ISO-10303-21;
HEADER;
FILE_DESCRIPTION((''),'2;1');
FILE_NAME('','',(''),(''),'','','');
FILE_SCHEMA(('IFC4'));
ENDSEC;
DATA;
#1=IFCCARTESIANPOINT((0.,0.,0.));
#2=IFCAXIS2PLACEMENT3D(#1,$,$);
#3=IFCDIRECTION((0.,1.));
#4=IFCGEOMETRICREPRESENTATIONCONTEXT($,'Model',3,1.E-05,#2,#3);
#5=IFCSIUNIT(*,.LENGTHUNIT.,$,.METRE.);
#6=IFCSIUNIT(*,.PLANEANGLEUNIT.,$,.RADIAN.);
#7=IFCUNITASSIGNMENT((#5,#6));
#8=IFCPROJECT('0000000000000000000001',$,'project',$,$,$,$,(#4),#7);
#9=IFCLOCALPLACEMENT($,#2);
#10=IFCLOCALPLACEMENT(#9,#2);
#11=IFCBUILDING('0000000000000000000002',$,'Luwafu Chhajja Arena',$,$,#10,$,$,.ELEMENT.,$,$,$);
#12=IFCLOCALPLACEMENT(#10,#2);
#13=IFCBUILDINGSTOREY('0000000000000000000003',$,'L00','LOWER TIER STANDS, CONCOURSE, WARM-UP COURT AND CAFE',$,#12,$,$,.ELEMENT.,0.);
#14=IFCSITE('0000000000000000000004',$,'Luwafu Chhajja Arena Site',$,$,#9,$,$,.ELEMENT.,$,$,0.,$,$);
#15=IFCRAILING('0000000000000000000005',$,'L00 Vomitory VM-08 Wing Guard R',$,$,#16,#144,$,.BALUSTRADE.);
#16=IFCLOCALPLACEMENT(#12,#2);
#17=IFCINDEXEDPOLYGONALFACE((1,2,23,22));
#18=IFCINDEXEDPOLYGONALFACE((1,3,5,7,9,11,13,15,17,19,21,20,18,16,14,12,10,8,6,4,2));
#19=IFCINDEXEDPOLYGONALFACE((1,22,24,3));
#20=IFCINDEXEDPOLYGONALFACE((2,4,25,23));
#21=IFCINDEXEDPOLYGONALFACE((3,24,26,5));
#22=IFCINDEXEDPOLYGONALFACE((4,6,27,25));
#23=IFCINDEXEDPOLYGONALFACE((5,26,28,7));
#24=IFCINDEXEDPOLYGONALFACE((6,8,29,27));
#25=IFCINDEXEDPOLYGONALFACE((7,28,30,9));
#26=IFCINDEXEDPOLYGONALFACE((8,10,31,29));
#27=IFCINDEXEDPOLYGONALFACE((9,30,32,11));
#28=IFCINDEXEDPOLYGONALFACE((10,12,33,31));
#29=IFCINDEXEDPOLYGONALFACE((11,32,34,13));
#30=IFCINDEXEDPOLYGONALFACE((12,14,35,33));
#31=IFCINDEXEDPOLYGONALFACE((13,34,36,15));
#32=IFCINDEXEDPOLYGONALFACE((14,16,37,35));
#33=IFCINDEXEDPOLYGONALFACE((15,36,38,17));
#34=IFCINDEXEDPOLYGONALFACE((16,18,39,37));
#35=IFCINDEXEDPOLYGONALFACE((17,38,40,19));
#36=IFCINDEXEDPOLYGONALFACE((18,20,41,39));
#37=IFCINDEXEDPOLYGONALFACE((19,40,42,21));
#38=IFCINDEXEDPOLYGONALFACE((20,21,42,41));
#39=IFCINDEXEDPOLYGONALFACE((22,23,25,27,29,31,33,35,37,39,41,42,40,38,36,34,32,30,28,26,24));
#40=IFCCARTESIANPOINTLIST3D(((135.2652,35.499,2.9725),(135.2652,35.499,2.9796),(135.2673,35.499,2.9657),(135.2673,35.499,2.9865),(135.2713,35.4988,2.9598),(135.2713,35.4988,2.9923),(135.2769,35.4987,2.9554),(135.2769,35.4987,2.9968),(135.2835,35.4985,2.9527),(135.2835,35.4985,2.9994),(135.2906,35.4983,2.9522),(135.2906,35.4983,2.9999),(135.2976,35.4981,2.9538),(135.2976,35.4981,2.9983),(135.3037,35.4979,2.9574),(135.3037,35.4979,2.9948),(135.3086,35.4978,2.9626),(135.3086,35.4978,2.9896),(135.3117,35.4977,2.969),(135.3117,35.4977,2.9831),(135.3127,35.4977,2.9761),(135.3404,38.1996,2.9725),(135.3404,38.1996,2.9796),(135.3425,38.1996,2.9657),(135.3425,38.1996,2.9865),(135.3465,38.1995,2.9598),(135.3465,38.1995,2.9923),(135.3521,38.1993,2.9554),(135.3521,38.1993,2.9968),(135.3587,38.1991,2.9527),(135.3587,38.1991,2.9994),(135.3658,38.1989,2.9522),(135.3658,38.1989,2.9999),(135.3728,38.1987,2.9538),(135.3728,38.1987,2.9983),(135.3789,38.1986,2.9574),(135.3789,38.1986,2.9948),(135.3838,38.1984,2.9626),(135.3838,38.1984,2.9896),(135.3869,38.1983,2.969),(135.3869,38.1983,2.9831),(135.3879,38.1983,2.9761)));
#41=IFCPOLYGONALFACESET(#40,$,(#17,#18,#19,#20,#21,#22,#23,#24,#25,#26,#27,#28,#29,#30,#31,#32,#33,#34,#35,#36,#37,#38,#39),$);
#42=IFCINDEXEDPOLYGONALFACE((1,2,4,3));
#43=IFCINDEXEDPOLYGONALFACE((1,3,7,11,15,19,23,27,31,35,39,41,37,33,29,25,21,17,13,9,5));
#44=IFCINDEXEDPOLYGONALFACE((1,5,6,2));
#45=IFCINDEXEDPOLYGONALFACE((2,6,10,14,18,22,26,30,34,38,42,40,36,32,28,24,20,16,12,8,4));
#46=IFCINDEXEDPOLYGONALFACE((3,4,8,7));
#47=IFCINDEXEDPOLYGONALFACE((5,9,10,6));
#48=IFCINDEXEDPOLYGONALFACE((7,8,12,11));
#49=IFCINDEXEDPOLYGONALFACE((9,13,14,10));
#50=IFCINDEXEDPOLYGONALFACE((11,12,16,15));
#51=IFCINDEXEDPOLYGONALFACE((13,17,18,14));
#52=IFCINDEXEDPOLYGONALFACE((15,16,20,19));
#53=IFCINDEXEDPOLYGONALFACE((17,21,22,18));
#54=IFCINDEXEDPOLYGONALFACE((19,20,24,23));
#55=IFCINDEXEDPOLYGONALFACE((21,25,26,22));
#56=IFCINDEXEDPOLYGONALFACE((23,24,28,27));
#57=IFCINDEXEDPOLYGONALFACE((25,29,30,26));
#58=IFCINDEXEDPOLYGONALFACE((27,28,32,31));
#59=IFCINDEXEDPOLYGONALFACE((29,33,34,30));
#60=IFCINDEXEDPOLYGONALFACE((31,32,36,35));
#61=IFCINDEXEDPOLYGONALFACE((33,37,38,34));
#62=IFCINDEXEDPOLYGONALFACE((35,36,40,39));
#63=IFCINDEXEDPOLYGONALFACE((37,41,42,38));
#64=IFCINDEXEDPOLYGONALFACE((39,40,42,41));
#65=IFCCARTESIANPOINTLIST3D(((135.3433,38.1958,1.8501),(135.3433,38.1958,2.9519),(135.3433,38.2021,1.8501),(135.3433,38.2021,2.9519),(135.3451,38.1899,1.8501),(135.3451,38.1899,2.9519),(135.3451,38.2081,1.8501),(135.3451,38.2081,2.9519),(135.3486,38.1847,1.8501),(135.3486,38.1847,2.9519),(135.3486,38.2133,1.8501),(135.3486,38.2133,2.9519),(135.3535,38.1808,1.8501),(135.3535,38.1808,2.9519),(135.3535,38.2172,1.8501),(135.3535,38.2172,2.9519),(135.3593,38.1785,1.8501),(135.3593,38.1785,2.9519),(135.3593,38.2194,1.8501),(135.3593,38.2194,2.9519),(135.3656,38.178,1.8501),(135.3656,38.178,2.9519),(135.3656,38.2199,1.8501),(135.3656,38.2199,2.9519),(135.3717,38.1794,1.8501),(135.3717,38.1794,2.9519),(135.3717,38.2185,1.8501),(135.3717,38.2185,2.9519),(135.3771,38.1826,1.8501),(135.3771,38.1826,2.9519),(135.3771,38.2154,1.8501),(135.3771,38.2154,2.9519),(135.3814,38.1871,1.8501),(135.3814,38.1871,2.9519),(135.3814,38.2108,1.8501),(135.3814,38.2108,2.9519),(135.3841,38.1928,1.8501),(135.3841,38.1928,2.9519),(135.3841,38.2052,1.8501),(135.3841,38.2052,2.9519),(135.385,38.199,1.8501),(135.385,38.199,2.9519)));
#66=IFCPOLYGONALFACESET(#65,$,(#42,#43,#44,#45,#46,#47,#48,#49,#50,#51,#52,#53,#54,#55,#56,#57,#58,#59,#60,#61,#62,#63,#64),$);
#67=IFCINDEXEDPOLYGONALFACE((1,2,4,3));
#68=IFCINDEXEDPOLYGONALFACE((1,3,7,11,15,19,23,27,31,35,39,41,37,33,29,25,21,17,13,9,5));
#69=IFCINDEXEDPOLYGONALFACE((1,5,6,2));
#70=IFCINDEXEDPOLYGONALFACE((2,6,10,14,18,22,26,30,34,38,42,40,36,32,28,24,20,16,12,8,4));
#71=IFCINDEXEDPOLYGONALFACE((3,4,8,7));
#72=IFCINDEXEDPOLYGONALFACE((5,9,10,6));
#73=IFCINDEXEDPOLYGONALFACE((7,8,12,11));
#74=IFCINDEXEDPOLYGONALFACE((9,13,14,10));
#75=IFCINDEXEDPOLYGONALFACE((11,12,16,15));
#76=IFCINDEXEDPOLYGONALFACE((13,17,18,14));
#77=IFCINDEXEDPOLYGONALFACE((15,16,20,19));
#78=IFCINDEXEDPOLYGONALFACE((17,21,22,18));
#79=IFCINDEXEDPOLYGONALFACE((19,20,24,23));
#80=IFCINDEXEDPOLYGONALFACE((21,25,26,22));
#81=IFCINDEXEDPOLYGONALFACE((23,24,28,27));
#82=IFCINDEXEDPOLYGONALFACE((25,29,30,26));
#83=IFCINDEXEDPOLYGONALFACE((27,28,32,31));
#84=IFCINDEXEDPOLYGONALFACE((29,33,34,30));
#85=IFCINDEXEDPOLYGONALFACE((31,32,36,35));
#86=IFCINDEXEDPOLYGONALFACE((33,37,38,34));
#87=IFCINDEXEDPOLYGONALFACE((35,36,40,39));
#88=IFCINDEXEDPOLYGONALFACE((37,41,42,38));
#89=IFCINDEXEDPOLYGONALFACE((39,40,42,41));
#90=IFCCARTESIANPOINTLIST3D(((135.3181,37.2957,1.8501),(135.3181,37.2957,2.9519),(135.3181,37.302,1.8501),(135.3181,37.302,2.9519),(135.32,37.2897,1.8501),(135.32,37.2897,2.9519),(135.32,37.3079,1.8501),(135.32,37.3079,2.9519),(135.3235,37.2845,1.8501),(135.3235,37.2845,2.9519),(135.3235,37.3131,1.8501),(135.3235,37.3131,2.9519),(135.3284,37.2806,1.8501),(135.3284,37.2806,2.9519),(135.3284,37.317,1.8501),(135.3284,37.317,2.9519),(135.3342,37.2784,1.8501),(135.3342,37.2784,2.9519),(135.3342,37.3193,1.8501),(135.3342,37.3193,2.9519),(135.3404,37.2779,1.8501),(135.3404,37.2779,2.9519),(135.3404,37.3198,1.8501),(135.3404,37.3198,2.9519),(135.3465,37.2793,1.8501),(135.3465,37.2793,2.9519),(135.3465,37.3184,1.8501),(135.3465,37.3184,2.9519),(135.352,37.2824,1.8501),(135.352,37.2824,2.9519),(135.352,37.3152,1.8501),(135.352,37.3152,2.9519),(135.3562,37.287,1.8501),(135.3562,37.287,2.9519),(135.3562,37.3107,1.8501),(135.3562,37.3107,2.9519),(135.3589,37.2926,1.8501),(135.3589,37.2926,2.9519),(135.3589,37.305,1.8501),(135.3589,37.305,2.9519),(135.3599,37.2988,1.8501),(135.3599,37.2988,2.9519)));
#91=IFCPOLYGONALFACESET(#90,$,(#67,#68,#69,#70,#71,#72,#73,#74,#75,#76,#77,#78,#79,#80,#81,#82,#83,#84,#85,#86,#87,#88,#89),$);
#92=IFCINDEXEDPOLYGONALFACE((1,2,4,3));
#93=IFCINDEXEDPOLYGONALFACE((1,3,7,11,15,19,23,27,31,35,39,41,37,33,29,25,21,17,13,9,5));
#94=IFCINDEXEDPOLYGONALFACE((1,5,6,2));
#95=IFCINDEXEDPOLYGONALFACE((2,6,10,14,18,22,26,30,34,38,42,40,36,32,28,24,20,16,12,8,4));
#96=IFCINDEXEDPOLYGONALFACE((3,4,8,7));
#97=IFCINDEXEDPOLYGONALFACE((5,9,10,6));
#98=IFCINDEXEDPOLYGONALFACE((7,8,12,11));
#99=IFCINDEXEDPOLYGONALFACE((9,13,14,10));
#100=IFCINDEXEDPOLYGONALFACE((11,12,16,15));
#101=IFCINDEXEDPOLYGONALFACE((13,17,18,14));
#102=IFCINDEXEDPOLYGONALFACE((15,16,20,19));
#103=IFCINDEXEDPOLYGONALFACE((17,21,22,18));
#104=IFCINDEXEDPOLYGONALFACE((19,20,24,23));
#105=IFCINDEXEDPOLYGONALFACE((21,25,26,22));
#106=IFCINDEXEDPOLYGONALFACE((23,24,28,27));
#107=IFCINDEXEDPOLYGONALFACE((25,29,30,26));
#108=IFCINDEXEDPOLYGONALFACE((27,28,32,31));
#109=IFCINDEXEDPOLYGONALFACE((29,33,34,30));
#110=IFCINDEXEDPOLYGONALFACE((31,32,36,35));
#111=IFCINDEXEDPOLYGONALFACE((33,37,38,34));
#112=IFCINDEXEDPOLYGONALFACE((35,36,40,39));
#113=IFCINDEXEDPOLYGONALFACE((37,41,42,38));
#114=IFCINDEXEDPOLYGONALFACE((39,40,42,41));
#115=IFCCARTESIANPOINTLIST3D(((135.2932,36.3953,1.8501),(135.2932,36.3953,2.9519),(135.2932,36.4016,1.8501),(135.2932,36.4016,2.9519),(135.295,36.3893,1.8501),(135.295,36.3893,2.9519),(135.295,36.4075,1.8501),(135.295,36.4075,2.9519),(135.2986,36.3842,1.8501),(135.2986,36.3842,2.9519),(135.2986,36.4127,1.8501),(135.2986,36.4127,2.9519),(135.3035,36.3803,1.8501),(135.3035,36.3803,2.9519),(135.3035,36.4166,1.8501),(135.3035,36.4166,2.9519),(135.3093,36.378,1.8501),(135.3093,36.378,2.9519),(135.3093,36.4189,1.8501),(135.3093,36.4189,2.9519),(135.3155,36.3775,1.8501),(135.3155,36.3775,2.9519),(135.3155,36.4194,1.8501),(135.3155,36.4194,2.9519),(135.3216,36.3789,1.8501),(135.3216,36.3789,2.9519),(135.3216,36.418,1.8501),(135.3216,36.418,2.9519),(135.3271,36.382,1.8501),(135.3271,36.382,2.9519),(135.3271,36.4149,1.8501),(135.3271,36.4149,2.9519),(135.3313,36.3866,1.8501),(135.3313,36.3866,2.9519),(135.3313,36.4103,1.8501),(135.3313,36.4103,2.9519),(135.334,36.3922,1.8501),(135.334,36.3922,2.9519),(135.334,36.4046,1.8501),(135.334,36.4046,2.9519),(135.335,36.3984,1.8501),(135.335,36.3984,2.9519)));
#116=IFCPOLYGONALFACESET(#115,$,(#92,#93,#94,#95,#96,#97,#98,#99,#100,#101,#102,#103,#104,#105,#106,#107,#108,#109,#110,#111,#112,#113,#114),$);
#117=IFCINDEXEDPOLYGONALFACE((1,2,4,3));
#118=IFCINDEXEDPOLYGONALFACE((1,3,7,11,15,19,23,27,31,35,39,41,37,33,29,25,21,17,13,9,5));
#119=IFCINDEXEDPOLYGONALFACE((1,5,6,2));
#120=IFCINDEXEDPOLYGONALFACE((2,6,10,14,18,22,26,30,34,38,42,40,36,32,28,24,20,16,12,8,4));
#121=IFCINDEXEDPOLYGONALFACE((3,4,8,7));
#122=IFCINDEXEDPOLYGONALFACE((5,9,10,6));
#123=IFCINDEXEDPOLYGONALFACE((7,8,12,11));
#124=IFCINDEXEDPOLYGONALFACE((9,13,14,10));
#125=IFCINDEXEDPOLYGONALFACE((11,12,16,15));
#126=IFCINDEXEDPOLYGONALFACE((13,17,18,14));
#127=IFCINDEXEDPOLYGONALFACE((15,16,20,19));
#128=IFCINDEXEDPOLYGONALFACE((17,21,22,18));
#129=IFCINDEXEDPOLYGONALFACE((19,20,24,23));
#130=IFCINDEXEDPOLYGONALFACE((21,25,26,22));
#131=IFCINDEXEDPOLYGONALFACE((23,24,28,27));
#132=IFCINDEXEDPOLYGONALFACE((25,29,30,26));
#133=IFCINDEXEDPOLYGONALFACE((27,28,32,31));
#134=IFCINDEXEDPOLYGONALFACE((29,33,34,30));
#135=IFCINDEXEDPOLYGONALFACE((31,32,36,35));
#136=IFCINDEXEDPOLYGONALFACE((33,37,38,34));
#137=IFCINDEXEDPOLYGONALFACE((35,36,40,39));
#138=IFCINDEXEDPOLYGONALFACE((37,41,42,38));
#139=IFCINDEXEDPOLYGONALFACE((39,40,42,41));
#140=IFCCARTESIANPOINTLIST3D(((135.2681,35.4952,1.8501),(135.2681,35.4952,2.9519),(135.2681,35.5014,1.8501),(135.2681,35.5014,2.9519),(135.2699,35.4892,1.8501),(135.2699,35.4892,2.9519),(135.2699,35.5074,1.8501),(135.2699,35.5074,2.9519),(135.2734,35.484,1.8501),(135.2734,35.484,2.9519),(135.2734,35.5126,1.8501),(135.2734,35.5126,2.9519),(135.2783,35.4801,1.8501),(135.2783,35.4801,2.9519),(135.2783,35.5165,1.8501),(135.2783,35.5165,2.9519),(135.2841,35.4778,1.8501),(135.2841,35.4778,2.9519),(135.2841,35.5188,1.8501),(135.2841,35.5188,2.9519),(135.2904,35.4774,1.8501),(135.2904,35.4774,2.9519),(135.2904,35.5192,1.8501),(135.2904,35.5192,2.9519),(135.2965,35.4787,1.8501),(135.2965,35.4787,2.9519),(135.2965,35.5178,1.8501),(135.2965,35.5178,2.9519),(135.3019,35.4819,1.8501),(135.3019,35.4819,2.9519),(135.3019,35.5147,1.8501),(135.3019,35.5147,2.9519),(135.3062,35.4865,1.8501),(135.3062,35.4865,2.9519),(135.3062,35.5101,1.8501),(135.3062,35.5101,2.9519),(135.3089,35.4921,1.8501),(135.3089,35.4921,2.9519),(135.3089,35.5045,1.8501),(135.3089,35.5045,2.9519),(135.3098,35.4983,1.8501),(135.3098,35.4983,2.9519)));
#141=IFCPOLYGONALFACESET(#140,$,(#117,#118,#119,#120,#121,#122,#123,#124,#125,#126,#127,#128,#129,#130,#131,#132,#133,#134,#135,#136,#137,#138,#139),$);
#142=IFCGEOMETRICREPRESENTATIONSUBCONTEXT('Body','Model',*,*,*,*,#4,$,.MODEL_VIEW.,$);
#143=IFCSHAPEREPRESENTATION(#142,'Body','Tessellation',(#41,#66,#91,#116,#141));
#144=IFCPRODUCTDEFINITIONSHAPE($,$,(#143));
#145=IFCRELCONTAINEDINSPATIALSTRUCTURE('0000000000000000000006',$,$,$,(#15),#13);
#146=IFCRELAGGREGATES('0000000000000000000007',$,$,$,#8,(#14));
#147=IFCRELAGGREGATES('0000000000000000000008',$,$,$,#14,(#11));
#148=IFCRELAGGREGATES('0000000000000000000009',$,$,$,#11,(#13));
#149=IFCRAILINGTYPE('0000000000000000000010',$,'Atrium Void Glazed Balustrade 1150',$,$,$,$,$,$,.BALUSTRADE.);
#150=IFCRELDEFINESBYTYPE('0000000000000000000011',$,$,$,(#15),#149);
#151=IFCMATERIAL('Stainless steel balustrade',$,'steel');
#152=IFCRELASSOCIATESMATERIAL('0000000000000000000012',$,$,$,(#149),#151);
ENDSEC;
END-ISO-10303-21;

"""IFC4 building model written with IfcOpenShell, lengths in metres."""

from ifc_helpers import new_model, si_unit, direction, frame, origin, origin_2d, place, context, subcontext, project, spatial, circle, extrude, material, type_object, element, save


model = new_model("IFC4")

# Units and contexts
model_context = context("Model", 3, precision=1e-05, world=origin(), true_north=direction((0.0, 1.0)))
body_context = subcontext(model_context, "Body", "Model", "MODEL_VIEW")
ifc_project = project(units=[si_unit("LENGTHUNIT", "METRE"), si_unit("PLANEANGLEUNIT", "RADIAN")], contexts=[model_context])

# Site, building, storey
site_placement = place(None, origin())
site = spatial("IfcSite", under=ifc_project, at=site_placement, Name="Luwafu Chhajja Arena Site", CompositionType="ELEMENT", RefElevation=0.0)
building_placement = place(site_placement, origin())
building = spatial("IfcBuilding", under=site, at=building_placement, Name="Luwafu Chhajja Arena", CompositionType="ELEMENT")
storey_placement = place(building_placement, origin())
storey = spatial("IfcBuildingStorey", under=building, at=storey_placement, Name="L00", Description="LOWER TIER STANDS, CONCOURSE, WARM-UP COURT AND CAFE", CompositionType="ELEMENT", Elevation=0.0)

# Railing
ifc_material_1 = material(Name="Stainless steel balustrade", Category="steel")
railing_type_1 = type_object("IfcRailingType", Name="Atrium Void Glazed Balustrade 1150", PredefinedType="BALUSTRADE", material=ifc_material_1)
for number, where, name in (
    (1, (135.364, 38.199, 1.8501), "L00 Vomitory VM-08 Wing Guard R"),
):
    element("IfcRailing", number, at=place(storey_placement, frame(where)), inside=storey, type_object=railing_type_1, Name=name, PredefinedType="BALUSTRADE", context=body_context, shape_type="SweptSolid", body=[
        extrude(circle(Radius=0.0239, at=origin_2d()), frame((0.0, 0.0, 1.126), z_axis=(-0.027832, -0.999613, 0.0), x_axis=(0.999613, -0.027832, 0.0)), (0.0, 0.0, 1.0), 2.7017),
        extrude(circle(Radius=0.021, at=origin_2d()), origin(), (0.0, 0.0, 1.0), 1.1018),
        extrude(circle(Radius=0.021, at=origin_2d()), frame((-0.0251, -0.9001, 0.0)), (0.0, 0.0, 1.0), 1.1018),
        extrude(circle(Radius=0.021, at=origin_2d()), frame((-0.05, -1.8005, 0.0)), (0.0, 0.0, 1.0), 1.1018),
        extrude(circle(Radius=0.021, at=origin_2d()), frame((-0.0752, -2.7007, 0.0)), (0.0, 0.0, 1.0), 1.1018),
    ])

save(model, "model.ifc")
